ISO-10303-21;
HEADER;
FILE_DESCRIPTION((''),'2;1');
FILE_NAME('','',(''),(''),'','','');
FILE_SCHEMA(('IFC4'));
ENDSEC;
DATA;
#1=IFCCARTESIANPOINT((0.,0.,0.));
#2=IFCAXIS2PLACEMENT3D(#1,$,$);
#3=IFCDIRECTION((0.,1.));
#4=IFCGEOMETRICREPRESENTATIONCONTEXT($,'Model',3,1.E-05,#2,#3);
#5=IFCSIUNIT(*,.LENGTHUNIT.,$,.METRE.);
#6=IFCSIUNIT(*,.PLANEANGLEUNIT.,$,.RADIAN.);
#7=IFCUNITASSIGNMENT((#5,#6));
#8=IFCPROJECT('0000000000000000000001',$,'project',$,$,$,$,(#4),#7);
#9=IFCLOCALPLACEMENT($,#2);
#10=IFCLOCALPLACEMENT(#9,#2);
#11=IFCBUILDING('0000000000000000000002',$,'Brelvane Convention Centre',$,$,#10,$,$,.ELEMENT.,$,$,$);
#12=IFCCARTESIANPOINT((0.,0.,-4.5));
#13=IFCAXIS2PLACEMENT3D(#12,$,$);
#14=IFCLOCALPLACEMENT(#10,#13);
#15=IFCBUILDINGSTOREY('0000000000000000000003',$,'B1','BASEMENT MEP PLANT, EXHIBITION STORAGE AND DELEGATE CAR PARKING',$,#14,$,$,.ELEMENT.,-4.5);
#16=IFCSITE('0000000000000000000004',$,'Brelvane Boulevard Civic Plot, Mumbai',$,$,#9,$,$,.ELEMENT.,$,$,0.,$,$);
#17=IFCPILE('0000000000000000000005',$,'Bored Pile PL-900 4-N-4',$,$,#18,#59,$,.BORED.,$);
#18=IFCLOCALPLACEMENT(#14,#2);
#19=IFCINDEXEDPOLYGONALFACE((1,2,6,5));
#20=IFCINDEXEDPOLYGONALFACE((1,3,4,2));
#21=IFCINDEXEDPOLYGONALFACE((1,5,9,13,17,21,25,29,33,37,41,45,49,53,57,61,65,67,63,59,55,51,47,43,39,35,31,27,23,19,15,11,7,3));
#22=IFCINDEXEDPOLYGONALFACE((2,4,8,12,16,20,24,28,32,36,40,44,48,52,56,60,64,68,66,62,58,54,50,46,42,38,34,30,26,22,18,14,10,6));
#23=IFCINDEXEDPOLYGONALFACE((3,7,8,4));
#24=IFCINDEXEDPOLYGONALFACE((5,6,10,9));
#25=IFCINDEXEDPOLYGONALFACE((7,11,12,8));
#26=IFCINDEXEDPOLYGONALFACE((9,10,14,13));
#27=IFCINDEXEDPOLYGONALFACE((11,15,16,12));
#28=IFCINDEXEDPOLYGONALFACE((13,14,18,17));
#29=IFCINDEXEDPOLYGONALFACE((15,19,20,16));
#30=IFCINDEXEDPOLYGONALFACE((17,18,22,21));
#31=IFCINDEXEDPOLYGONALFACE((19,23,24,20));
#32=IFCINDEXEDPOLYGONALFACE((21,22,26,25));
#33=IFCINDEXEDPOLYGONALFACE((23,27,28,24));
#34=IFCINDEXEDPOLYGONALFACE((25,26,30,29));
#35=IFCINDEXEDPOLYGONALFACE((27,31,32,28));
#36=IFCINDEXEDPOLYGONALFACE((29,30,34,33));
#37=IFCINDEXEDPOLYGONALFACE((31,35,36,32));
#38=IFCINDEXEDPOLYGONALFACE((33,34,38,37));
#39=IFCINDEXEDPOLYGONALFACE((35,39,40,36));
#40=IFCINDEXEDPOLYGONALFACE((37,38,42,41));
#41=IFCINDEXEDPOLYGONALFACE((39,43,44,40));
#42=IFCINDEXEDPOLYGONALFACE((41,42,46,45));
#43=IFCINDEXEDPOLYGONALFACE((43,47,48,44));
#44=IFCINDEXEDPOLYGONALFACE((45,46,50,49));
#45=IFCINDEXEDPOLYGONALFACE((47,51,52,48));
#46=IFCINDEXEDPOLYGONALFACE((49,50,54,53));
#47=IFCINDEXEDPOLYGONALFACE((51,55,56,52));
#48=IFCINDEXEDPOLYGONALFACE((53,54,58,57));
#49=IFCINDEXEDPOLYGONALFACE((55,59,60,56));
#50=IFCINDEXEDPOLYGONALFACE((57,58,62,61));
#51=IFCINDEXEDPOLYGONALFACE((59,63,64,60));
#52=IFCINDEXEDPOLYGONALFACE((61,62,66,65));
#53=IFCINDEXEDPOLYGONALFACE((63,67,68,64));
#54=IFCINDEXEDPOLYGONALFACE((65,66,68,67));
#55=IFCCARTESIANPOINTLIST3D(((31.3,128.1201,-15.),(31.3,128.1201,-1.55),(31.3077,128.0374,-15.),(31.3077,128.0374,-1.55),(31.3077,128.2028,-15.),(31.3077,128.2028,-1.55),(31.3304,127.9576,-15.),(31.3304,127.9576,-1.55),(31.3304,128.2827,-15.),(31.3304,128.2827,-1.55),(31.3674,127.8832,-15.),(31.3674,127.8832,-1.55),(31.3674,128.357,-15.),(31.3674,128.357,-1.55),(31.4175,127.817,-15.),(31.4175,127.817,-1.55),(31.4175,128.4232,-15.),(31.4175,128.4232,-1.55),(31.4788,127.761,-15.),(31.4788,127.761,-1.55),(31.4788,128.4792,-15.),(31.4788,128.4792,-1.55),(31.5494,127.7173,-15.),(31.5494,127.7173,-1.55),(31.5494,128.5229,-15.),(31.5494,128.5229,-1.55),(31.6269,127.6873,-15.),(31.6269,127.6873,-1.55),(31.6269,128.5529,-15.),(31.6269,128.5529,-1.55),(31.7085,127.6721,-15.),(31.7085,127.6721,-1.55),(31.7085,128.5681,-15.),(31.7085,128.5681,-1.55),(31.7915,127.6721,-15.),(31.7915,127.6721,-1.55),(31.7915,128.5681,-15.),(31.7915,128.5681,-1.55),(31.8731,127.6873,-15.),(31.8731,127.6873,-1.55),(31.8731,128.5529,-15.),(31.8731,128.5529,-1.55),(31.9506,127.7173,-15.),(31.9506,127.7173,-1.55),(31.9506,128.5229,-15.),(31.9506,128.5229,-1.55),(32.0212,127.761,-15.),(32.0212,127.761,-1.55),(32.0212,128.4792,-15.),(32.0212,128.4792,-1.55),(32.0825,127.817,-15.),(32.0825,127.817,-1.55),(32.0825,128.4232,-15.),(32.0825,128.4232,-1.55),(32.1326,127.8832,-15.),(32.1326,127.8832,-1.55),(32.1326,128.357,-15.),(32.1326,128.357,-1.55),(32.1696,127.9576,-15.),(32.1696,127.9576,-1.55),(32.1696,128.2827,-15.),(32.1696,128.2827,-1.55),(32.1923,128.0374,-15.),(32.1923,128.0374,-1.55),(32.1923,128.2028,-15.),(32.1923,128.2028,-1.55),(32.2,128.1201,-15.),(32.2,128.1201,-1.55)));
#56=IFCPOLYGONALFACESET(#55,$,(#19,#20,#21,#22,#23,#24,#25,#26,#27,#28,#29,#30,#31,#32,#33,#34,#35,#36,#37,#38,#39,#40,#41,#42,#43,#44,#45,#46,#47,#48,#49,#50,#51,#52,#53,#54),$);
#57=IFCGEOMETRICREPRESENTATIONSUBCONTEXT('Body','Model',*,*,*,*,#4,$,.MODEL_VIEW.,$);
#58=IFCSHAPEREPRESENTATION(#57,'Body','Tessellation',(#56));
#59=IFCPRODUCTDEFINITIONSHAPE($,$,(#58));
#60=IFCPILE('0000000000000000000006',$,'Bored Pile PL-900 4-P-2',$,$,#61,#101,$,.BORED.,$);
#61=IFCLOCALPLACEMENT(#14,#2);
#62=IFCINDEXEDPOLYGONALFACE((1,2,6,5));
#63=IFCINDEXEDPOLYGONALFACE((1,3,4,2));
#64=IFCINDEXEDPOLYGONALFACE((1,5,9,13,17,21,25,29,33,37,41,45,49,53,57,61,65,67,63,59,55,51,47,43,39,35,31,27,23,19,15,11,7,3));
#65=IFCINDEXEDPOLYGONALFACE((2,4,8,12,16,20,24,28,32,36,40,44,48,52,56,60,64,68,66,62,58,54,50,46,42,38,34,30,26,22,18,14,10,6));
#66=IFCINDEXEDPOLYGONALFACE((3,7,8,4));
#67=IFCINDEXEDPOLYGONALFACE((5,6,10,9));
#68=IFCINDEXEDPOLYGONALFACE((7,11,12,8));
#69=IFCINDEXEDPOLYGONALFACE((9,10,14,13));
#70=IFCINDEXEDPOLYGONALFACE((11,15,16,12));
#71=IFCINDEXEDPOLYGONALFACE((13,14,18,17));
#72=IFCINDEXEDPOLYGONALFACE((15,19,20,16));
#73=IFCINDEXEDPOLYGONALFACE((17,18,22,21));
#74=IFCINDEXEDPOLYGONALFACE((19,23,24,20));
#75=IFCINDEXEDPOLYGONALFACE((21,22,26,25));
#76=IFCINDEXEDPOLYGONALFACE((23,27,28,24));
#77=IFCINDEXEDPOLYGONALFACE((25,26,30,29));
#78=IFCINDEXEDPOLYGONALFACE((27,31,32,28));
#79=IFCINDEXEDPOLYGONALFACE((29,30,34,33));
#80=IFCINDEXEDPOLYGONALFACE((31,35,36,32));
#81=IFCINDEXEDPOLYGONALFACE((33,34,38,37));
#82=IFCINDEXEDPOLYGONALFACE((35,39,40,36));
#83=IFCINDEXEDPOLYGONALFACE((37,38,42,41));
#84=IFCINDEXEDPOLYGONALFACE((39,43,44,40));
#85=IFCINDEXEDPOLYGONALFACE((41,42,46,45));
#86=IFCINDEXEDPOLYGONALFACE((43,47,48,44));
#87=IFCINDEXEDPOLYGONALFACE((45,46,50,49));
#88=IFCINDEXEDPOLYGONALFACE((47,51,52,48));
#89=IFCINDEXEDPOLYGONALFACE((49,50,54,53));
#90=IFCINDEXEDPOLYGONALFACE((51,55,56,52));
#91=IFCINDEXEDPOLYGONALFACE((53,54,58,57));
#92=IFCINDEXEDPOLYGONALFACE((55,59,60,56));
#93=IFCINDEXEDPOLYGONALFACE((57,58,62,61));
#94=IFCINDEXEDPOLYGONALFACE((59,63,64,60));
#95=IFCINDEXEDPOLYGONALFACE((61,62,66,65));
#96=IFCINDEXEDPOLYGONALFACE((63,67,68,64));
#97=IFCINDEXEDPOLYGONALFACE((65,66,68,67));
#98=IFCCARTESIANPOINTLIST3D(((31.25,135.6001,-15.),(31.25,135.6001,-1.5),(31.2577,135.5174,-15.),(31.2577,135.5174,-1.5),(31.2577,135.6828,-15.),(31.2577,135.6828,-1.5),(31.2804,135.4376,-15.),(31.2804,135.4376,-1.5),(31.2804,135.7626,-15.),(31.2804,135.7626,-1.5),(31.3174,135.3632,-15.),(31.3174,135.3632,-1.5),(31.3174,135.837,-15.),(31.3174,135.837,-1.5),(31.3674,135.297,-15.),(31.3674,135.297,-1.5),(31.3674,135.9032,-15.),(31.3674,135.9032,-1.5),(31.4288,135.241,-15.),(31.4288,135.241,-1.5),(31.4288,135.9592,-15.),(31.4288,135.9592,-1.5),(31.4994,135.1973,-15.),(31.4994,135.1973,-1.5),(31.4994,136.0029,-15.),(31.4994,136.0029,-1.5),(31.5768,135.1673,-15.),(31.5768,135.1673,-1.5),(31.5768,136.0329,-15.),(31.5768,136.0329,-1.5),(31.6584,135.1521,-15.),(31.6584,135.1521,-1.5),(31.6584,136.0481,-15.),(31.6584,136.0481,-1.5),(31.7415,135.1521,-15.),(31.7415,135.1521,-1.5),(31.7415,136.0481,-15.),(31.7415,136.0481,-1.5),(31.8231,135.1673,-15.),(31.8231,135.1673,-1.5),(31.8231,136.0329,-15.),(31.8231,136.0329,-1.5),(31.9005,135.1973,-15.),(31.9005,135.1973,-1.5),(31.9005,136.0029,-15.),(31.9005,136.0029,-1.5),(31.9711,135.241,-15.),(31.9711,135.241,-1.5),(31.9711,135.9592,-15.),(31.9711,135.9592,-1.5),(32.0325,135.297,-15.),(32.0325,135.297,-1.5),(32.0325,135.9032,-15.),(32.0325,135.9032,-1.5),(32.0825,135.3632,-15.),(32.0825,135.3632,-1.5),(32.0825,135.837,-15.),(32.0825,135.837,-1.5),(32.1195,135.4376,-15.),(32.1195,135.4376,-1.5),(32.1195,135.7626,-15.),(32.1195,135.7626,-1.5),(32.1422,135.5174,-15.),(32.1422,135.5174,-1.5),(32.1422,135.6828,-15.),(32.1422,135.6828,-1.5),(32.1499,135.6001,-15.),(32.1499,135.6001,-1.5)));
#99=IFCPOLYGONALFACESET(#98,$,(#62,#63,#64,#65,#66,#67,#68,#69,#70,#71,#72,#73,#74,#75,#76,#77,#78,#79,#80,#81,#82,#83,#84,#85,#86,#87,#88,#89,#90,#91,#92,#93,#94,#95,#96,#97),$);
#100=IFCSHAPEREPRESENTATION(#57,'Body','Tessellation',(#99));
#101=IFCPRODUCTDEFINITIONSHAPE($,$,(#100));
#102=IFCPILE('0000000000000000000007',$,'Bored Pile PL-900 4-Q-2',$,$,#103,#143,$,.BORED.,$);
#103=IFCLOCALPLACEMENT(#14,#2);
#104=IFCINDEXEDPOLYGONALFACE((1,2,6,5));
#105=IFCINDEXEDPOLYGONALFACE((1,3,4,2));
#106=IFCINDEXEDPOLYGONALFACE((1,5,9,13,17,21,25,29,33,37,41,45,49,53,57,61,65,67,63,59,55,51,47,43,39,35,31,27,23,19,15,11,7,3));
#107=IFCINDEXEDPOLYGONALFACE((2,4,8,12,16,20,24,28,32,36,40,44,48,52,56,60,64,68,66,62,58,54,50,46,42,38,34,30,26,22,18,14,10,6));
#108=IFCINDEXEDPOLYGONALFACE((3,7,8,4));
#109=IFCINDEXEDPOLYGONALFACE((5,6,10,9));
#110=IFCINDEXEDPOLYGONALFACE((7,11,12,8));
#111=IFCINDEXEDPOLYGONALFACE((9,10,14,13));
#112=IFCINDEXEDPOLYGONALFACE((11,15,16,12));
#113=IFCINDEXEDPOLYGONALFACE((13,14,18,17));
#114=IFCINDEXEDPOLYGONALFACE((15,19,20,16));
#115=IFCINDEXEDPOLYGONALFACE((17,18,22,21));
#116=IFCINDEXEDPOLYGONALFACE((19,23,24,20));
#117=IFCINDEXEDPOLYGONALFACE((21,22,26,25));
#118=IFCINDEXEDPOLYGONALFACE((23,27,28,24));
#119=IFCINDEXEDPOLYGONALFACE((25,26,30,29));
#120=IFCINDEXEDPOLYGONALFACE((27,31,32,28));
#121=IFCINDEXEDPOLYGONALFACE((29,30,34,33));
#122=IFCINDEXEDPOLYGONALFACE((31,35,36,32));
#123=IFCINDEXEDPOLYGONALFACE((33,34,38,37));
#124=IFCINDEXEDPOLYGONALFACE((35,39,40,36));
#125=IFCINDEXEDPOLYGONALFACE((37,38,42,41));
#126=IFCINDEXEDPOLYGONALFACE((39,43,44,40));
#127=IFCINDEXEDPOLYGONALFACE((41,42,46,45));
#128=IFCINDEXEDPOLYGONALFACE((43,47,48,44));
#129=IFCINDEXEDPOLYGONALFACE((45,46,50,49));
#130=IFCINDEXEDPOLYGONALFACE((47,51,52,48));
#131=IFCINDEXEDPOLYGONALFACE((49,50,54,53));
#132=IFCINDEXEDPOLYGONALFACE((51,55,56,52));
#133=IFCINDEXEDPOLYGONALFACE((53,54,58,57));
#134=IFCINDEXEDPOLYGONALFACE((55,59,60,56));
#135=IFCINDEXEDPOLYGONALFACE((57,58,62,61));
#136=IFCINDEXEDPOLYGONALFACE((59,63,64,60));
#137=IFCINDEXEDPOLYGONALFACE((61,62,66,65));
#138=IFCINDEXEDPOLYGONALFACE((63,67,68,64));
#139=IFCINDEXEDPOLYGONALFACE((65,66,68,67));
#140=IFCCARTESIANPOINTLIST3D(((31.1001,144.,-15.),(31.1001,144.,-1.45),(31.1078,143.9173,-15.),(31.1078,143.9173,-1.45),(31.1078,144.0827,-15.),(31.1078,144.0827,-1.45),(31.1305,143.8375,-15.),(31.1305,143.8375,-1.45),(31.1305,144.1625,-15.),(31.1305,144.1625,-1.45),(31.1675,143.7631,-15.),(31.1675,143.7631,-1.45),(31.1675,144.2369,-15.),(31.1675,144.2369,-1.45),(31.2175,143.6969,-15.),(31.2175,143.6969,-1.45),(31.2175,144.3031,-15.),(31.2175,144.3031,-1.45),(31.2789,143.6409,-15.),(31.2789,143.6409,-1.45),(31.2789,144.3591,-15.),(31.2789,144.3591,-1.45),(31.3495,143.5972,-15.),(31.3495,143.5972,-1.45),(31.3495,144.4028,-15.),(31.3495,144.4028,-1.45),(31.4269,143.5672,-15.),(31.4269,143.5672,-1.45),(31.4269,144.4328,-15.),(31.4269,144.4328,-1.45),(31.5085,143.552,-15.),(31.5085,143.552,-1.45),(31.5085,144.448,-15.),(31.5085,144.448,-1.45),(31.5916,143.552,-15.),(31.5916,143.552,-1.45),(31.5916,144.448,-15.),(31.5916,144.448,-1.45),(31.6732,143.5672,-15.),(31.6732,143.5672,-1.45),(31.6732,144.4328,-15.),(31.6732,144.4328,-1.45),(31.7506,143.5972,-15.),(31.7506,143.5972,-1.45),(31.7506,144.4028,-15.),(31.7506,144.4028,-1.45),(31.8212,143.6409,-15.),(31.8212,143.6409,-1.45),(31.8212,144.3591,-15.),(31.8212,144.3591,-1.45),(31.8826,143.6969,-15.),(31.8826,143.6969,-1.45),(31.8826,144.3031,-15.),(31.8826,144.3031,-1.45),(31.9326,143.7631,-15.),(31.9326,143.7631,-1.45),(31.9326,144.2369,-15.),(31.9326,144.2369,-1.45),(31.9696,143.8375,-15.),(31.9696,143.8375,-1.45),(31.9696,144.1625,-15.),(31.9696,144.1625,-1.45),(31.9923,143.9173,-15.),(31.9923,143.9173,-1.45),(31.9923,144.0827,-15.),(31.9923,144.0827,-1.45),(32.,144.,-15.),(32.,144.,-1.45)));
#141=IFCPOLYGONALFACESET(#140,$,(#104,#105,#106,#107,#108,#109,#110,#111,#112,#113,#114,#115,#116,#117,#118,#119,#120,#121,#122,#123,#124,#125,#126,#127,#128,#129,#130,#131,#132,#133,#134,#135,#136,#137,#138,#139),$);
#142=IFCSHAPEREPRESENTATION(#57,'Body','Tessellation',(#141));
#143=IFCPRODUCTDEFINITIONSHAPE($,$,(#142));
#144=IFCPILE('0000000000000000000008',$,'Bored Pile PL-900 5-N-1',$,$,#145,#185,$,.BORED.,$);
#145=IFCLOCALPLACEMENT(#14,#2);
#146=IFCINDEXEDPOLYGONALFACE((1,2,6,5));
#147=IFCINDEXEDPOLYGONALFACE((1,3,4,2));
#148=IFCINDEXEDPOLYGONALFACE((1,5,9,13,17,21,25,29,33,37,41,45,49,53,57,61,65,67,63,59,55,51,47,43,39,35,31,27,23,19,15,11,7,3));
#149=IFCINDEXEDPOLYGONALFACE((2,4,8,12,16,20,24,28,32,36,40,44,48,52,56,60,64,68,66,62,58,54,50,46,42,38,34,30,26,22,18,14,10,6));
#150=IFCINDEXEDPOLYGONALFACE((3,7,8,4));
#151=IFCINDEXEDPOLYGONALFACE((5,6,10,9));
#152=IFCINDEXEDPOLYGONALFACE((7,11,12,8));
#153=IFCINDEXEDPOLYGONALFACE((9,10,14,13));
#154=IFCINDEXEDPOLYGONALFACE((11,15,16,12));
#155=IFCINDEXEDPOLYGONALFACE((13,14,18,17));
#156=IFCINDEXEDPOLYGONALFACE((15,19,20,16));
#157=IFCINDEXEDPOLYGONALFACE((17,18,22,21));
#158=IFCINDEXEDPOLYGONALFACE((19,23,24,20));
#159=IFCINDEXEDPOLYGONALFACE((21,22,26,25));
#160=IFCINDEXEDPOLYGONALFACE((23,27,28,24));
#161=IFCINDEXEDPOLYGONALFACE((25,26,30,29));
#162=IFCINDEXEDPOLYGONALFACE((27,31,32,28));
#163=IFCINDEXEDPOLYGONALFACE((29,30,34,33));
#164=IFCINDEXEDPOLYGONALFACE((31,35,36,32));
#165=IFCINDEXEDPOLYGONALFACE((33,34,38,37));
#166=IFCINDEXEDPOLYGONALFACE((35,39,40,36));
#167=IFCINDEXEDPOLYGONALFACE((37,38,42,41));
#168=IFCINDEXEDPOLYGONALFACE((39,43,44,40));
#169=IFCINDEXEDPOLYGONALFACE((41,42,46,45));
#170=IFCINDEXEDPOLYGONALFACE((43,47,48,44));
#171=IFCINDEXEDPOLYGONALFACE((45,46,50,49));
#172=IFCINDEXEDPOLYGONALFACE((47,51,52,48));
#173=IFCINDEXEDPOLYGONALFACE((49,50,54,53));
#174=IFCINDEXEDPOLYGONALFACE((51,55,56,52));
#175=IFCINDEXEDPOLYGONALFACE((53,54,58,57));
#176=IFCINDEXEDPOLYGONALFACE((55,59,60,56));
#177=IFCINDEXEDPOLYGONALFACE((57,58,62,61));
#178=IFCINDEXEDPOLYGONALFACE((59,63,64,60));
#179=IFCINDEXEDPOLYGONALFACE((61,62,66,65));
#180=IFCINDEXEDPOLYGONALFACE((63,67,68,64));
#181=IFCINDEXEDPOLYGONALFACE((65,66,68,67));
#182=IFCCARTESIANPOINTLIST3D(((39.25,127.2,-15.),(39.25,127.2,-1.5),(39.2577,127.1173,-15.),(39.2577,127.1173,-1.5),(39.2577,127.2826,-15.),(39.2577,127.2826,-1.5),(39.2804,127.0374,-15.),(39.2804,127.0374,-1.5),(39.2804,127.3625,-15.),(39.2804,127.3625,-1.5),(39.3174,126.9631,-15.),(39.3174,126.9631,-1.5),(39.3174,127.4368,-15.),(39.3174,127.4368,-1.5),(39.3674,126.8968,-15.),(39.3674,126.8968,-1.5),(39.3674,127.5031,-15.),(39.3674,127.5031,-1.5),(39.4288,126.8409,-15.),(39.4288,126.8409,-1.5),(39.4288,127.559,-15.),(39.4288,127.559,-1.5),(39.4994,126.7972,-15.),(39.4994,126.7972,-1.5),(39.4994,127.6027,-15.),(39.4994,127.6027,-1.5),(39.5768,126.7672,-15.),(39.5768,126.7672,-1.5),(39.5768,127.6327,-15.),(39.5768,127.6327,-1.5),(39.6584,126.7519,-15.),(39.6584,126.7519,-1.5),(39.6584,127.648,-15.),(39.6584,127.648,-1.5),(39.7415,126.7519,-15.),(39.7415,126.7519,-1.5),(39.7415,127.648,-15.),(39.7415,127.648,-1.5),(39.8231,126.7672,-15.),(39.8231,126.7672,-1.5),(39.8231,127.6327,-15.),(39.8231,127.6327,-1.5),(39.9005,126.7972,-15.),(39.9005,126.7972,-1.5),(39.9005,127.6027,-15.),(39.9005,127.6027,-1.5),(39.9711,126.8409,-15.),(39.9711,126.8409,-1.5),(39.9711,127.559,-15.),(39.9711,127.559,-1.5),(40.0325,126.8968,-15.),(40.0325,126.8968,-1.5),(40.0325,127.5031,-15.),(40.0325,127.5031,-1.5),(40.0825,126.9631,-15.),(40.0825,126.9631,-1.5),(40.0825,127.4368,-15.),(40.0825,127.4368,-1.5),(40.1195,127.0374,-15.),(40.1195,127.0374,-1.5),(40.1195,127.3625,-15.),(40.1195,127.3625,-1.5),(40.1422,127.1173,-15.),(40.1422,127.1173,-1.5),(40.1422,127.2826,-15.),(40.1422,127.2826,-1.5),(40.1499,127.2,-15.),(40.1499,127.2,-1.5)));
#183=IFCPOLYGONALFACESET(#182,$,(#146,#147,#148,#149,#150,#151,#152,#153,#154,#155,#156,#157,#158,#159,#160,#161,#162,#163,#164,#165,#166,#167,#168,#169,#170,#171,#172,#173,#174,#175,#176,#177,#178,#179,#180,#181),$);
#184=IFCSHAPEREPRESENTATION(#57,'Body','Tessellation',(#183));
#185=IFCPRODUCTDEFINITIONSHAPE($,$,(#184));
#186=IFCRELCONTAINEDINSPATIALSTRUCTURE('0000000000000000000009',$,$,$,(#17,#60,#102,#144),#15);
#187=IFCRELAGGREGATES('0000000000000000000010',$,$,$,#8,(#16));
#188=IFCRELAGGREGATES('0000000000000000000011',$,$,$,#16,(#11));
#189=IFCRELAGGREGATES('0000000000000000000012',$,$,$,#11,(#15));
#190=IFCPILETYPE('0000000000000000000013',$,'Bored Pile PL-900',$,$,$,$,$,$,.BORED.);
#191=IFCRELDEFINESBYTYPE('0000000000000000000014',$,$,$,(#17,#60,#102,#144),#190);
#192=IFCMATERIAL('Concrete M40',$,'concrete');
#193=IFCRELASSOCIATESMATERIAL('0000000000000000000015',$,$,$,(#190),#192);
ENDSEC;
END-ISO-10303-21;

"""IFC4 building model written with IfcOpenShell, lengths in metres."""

from ifc_helpers import new_model, si_unit, direction, frame, origin, origin_2d, place, context, subcontext, project, spatial, circle, extrude, material, material_profile, profile_set, type_object, element, save


model = new_model("IFC4")

# Units and contexts
model_context = context("Model", 3, precision=1e-05, world=origin(), true_north=direction((0.0, 1.0)))
body_context = subcontext(model_context, "Body", "Model", "MODEL_VIEW")
ifc_project = project(units=[si_unit("LENGTHUNIT", "METRE"), si_unit("PLANEANGLEUNIT", "RADIAN")], contexts=[model_context])

# Site, building, storey
site_placement = place(None, origin())
site = spatial("IfcSite", under=ifc_project, at=site_placement, Name="Brelvane Boulevard Civic Plot, Mumbai", CompositionType="ELEMENT", RefElevation=0.0)
building_placement = place(site_placement, origin())
building = spatial("IfcBuilding", under=site, at=building_placement, Name="Brelvane Convention Centre", CompositionType="ELEMENT")
storey_placement = place(building_placement, frame((0.0, 0.0, -4.5)))
storey = spatial("IfcBuildingStorey", under=building, at=storey_placement, Name="B1", Description="BASEMENT MEP PLANT, EXHIBITION STORAGE AND DELEGATE CAR PARKING", CompositionType="ELEMENT", Elevation=-4.5)

# Piles
ifc_material_1 = material(Name="Concrete M40", Category="concrete")
ifc_material_profile_1 = material_profile(ifc_material_1, circle(Radius=0.45, at=origin_2d()), Name="PILE D900")
ifc_profile_set_1 = profile_set([ifc_material_profile_1], Name="Concrete M40")
pile_type = type_object("IfcPileType", Name="Bored Pile PL-900", PredefinedType="BORED", material=ifc_profile_set_1)
pile_1_placement = place(storey_placement, frame((31.75, 128.1201, -1.55), z_axis=(0.0, 0.0, -1.0), x_axis=(1.0, 0.0, 0.0)))
element("IfcPile", 1, at=pile_1_placement, inside=storey, type_object=pile_type, Name="Bored Pile PL-900 4-N-4", PredefinedType="BORED", context=body_context, shape_type="SweptSolid", body=[
    extrude(circle(Radius=0.45, at=origin_2d()), origin(), (0.0, 0.0, 1.0), 13.45),
])
pile_2_placement = place(storey_placement, frame((31.7, 135.6001, -1.5), z_axis=(0.0, 0.0, -1.0), x_axis=(1.0, 0.0, 0.0)))
element("IfcPile", 2, at=pile_2_placement, inside=storey, type_object=pile_type, Name="Bored Pile PL-900 4-P-2", PredefinedType="BORED", context=body_context, shape_type="SweptSolid", body=[
    extrude(circle(Radius=0.45, at=origin_2d()), origin(), (0.0, 0.0, 1.0), 13.5),
])
pile_3_placement = place(storey_placement, frame((31.55, 144.0, -1.45), z_axis=(0.0, 0.0, -1.0), x_axis=(1.0, 0.0, 0.0)))
element("IfcPile", 3, at=pile_3_placement, inside=storey, type_object=pile_type, Name="Bored Pile PL-900 4-Q-2", PredefinedType="BORED", context=body_context, shape_type="SweptSolid", body=[
    extrude(circle(Radius=0.45, at=origin_2d()), origin(), (0.0, 0.0, 1.0), 13.55),
])
for number, where, z_axis, x_axis, name in (
    (4, (39.7, 127.2, -1.5), (0.0, 0.0, -1.0), (1.0, 0.0, 0.0), "Bored Pile PL-900 5-N-1"),
):
    element("IfcPile", number, at=place(storey_placement, frame(where, z_axis=z_axis, x_axis=x_axis)), inside=storey, type_object=pile_type, Name=name, PredefinedType="BORED", context=body_context, shape_type="SweptSolid", body=[
        extrude(circle(Radius=0.45, at=origin_2d()), origin(), (0.0, 0.0, 1.0), 13.5),
    ])

save(model, "model.ifc")
